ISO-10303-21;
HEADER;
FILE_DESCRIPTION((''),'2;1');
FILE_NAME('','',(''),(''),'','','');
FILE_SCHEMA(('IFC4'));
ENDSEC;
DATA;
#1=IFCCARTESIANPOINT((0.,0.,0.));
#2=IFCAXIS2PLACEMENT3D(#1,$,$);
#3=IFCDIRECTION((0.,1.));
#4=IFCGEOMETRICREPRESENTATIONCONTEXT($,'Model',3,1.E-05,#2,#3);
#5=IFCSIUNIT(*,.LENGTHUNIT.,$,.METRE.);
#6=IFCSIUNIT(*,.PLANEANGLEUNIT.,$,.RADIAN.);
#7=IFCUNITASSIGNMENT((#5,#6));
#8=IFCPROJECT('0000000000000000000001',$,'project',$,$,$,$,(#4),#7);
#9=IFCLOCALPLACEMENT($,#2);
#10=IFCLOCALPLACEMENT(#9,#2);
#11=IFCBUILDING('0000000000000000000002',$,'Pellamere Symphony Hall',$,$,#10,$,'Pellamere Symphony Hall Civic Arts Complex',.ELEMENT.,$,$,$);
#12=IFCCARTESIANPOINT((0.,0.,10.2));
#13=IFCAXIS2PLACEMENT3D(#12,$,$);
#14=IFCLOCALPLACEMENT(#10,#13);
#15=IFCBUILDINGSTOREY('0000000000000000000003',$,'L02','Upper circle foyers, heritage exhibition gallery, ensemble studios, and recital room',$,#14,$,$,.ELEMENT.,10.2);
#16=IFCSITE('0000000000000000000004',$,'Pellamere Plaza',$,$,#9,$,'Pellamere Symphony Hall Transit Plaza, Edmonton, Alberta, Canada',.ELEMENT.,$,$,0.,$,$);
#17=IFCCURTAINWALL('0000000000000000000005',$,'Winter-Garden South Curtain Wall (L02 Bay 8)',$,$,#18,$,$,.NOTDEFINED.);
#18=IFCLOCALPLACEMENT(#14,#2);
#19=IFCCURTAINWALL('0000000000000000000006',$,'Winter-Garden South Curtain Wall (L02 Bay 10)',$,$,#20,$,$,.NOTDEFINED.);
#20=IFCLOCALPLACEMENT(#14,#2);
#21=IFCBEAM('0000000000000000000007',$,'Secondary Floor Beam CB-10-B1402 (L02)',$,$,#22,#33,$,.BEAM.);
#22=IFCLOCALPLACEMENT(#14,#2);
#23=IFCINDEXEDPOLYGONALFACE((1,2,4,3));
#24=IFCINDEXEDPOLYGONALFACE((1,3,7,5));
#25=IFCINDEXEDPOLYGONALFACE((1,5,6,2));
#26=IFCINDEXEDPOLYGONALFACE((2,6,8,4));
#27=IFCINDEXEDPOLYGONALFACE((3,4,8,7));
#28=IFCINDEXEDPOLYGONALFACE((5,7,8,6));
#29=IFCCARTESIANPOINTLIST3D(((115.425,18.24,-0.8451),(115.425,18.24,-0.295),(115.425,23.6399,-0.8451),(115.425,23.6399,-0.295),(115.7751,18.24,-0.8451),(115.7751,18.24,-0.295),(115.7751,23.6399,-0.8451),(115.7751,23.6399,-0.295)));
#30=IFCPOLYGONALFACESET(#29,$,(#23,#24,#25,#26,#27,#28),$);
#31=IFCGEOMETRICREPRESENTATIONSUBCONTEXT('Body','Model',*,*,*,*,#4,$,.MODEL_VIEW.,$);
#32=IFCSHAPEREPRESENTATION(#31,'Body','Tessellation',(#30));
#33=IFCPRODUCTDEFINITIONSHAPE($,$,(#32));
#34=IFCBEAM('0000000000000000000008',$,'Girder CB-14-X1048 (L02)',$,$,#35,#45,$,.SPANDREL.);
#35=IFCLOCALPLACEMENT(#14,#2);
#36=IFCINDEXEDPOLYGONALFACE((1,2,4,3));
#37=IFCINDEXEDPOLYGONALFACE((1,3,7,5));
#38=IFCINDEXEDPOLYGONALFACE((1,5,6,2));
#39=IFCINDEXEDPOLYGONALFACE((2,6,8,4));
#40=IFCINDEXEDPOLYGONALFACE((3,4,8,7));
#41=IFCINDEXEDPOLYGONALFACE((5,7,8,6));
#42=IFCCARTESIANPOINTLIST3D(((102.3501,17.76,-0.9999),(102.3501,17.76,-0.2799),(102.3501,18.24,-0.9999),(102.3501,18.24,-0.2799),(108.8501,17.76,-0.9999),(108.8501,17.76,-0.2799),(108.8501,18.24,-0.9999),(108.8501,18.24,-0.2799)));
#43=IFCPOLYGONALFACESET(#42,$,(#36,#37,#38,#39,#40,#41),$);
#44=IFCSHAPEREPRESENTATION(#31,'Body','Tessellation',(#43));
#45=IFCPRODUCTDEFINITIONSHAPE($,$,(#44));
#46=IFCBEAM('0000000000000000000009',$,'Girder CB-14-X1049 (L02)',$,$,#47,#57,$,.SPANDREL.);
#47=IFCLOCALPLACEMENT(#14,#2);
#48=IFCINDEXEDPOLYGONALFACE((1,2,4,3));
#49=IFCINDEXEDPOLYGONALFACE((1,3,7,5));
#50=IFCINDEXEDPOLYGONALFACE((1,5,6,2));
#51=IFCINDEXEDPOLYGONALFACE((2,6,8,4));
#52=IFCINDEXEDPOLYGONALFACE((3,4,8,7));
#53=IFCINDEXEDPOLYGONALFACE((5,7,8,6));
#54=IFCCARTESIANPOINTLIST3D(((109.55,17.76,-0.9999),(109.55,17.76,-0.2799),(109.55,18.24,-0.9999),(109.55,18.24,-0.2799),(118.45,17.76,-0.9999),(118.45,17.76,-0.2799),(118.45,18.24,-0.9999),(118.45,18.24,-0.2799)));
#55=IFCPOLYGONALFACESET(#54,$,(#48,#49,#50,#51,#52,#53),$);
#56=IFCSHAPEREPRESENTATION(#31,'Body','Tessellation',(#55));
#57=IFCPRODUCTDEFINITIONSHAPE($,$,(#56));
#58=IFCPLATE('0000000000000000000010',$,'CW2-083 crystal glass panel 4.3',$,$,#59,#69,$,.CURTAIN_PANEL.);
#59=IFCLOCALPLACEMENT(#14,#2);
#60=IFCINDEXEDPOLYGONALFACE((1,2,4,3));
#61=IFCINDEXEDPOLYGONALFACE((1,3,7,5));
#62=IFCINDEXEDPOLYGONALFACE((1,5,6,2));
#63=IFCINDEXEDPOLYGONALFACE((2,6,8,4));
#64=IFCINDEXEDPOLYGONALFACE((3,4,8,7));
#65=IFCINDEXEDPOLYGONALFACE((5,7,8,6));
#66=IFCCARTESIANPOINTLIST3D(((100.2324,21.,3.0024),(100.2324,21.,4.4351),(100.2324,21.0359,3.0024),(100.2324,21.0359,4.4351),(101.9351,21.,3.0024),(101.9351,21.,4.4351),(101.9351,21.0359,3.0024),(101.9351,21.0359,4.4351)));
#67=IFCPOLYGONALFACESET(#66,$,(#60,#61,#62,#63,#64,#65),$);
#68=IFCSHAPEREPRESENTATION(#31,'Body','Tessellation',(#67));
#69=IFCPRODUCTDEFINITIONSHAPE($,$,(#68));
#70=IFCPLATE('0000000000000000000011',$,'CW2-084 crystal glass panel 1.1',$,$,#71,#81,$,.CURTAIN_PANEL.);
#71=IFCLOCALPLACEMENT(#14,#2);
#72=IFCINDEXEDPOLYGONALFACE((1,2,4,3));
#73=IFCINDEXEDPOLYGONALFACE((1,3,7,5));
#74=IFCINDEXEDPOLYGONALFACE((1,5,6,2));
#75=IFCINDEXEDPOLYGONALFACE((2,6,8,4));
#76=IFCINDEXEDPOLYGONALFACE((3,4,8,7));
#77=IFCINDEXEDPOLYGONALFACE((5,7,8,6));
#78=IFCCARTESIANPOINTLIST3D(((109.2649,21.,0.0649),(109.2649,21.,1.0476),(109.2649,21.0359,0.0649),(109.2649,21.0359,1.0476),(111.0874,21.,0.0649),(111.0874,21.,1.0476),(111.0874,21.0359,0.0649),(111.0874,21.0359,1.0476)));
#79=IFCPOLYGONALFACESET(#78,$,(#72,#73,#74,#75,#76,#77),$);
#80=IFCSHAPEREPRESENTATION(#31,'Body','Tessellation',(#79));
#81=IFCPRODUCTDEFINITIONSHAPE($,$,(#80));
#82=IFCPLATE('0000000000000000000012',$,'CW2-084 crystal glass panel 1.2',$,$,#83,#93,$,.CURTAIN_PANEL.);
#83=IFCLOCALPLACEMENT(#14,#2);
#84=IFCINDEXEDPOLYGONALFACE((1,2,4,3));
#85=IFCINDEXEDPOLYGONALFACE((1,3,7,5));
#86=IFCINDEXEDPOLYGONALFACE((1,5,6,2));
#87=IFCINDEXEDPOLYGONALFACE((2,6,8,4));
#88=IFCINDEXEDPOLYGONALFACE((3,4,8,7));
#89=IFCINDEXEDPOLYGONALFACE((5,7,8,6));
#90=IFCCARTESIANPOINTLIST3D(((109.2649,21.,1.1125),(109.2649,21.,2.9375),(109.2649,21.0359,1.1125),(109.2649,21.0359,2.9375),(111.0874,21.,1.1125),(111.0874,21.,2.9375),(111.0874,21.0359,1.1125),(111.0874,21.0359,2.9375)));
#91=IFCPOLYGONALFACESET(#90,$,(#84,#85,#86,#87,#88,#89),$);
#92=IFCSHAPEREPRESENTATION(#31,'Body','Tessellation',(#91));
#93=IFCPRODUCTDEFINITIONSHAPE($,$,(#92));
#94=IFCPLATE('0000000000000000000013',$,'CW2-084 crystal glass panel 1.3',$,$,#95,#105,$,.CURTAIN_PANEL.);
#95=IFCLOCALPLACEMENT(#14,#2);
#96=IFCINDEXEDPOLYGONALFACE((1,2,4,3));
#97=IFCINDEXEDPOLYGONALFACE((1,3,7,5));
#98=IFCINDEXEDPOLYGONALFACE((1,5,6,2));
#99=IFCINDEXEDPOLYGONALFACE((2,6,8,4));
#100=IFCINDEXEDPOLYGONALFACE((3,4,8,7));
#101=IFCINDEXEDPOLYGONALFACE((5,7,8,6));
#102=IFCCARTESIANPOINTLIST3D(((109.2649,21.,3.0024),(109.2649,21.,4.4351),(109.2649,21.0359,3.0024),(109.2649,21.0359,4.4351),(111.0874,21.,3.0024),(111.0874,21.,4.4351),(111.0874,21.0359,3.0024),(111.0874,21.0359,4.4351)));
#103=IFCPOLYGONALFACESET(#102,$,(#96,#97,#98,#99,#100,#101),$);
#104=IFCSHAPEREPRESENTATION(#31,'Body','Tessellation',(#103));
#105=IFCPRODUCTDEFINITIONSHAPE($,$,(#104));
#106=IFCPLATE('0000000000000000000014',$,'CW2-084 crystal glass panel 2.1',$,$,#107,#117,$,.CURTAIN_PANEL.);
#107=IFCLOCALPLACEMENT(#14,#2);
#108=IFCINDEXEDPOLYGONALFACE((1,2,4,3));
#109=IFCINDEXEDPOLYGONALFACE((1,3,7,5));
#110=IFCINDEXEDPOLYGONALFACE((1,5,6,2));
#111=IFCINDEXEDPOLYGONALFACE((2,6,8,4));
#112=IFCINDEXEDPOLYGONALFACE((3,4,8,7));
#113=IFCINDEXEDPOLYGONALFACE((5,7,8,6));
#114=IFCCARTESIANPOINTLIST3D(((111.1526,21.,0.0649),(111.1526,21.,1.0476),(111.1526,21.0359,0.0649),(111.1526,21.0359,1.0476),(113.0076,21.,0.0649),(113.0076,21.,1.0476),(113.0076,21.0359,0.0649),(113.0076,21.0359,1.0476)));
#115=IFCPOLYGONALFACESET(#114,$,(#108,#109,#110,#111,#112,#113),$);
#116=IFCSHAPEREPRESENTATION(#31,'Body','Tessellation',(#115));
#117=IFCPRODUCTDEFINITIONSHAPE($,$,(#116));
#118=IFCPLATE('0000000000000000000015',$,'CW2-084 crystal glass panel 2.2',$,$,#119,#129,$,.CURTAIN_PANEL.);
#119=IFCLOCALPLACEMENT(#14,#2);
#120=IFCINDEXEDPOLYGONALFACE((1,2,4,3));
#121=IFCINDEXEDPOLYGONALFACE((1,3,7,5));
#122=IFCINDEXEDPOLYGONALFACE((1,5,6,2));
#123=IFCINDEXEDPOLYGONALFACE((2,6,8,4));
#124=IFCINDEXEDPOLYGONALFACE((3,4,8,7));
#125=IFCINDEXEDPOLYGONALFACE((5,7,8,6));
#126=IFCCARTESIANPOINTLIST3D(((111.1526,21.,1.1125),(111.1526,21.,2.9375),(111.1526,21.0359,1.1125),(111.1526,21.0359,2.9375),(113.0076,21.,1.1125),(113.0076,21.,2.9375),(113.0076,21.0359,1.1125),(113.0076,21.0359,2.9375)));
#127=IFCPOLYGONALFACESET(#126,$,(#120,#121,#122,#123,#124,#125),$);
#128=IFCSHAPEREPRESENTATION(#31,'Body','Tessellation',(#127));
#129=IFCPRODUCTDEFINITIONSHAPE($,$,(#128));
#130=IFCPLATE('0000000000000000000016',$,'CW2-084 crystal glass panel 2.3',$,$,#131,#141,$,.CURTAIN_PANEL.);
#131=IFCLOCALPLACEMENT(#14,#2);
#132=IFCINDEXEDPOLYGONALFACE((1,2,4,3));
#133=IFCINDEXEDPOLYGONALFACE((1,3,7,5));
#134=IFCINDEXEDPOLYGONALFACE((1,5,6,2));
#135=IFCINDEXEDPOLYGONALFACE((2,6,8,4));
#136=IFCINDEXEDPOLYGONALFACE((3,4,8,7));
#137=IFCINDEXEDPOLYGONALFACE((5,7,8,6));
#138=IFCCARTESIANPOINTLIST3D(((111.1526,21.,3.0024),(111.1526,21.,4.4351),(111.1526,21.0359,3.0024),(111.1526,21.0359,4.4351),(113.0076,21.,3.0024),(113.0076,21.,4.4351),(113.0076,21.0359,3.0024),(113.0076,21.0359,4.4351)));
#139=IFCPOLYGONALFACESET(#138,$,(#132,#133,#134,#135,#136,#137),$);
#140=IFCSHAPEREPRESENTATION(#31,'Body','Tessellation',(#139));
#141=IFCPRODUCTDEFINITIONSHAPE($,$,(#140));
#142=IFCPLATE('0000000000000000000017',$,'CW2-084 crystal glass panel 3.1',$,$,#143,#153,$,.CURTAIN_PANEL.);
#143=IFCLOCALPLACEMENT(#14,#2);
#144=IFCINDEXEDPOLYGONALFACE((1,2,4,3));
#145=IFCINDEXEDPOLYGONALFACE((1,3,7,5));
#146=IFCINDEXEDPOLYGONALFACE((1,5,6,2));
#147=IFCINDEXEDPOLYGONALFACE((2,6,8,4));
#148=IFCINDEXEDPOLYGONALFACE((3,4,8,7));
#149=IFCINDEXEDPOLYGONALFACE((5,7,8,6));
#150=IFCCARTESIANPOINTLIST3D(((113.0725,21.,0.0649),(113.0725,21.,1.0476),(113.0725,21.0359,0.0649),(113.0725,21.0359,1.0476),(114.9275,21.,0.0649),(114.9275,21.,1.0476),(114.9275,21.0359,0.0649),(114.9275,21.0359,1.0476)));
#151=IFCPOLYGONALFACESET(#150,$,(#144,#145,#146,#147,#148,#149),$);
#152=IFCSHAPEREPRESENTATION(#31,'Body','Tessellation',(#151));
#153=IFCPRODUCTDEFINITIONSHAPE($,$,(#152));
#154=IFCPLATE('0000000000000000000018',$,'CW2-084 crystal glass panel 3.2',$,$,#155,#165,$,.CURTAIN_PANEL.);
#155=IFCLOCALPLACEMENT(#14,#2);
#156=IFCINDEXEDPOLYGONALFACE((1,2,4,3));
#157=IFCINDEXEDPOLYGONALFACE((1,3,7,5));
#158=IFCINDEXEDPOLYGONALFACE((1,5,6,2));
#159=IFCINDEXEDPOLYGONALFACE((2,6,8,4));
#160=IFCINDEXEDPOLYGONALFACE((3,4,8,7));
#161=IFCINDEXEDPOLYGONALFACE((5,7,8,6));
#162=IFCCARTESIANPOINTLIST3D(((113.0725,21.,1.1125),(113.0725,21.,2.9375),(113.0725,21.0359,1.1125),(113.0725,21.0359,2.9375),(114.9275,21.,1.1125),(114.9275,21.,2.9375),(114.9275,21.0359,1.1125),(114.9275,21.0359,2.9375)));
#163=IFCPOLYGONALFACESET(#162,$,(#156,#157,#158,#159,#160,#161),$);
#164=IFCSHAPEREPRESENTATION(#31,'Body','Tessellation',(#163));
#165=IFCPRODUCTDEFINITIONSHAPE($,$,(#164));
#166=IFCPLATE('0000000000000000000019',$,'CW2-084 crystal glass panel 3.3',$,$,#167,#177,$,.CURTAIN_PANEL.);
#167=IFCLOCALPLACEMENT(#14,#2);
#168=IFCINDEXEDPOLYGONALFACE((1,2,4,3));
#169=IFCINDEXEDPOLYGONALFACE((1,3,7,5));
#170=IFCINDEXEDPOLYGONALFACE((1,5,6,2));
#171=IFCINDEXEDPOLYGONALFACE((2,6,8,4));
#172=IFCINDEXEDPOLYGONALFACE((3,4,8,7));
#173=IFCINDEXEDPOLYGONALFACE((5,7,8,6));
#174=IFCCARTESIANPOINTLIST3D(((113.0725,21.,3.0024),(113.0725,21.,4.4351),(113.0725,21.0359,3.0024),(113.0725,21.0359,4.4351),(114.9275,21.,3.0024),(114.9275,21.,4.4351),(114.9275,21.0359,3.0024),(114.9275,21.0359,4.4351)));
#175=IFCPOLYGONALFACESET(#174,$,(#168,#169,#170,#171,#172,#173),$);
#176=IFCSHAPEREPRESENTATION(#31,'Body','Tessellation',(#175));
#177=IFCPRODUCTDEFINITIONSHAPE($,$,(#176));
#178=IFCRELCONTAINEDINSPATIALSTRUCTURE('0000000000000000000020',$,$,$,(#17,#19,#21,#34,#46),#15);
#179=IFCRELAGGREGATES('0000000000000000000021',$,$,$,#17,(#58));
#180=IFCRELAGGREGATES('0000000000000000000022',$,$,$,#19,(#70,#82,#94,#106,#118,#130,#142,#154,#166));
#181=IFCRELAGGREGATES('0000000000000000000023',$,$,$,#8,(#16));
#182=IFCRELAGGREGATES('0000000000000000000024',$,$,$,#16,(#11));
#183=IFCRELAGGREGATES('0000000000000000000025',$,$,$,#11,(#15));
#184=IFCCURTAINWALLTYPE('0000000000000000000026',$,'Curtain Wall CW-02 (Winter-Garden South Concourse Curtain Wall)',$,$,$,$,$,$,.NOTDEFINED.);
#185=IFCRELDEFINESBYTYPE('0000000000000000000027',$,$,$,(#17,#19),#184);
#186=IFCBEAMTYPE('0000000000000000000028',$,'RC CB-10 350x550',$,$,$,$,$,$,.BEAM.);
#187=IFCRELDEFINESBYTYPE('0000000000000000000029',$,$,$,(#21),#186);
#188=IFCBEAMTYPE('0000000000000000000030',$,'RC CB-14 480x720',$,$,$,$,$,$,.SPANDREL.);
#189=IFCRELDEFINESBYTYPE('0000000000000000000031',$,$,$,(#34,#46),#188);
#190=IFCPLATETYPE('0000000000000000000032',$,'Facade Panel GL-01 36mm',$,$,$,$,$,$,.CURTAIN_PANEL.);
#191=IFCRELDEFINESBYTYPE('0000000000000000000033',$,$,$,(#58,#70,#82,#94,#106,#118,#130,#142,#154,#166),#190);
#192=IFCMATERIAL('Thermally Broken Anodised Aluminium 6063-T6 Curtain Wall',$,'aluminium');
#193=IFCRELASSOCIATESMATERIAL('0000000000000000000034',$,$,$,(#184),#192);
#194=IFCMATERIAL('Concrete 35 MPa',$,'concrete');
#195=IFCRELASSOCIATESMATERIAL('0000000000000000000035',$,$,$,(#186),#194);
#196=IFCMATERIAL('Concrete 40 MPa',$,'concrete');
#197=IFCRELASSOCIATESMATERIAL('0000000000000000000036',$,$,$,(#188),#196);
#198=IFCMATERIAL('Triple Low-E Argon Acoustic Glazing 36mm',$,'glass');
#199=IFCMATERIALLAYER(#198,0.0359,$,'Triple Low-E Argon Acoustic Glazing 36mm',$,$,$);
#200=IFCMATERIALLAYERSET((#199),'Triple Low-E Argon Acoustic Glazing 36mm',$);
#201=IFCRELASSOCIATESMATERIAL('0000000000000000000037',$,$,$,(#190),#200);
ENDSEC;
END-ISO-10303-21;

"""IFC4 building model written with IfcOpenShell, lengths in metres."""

from ifc_helpers import new_model, si_unit, direction, frame, origin, origin_2d, place, context, subcontext, project, spatial, polyline, rectangle, outline, extrude, material, layer, layer_set, material_profile, profile_set, type_object, element, aggregate, save


model = new_model("IFC4")

# Units and contexts
model_context = context("Model", 3, precision=1e-05, world=origin(), true_north=direction((0.0, 1.0)))
body_context = subcontext(model_context, "Body", "Model", "MODEL_VIEW")
ifc_project = project(units=[si_unit("LENGTHUNIT", "METRE"), si_unit("PLANEANGLEUNIT", "RADIAN")], contexts=[model_context])

# Site, building, storey
site_placement = place(None, origin())
site = spatial("IfcSite", under=ifc_project, at=site_placement, Name="Pellamere Plaza", LongName="Pellamere Symphony Hall Transit Plaza, Edmonton, Alberta, Canada", CompositionType="ELEMENT", RefElevation=0.0)
building_placement = place(site_placement, origin())
building = spatial("IfcBuilding", under=site, at=building_placement, Name="Pellamere Symphony Hall", LongName="Pellamere Symphony Hall Civic Arts Complex", CompositionType="ELEMENT")
storey_placement = place(building_placement, frame((0.0, 0.0, 10.2)))
storey = spatial("IfcBuildingStorey", under=building, at=storey_placement, Name="L02", Description="Upper circle foyers, heritage exhibition gallery, ensemble studios, and recital room", CompositionType="ELEMENT", Elevation=10.2)

# Curtain wall
ifc_material_1 = material(Name="Thermally Broken Anodised Aluminium 6063-T6 Curtain Wall", Category="aluminium")
curtain_wall_type = type_object("IfcCurtainWallType", Name="Curtain Wall CW-02 (Winter-Garden South Concourse Curtain Wall)", PredefinedType="NOTDEFINED", material=ifc_material_1)
curtain_wall_1_placement = place(storey_placement, origin())
curtain_wall_1 = element("IfcCurtainWall", 1, at=curtain_wall_1_placement, inside=storey, type_object=curtain_wall_type, Name="Winter-Garden South Curtain Wall (L02 Bay 8)", PredefinedType="NOTDEFINED")

# Curtain wall
curtain_wall_2_placement = place(storey_placement, origin())
curtain_wall_2 = element("IfcCurtainWall", 2, at=curtain_wall_2_placement, inside=storey, type_object=curtain_wall_type, Name="Winter-Garden South Curtain Wall (L02 Bay 10)", PredefinedType="NOTDEFINED")

# Beams
ifc_material_2 = material(Name="Concrete 40 MPa", Category="concrete")
ifc_material_3 = material(Name="Concrete 35 MPa", Category="concrete")
ifc_material_profile_1 = material_profile(ifc_material_3, rectangle(XDim=0.3501, YDim=0.55, at=origin_2d()), Name="RC 350x550")
ifc_profile_set_1 = profile_set([ifc_material_profile_1], Name="Concrete 35 MPa")
beam_type_1 = type_object("IfcBeamType", Name="RC CB-10 350x550", PredefinedType="BEAM", material=ifc_profile_set_1)
for number, where, z_axis, x_axis, name in (
    (3, (115.6001, 18.24, -0.5701), (0.0, 1.0, 0.0), (-1.0, 0.0, 0.0), "Secondary Floor Beam CB-10-B1402 (L02)"),
):
    element("IfcBeam", number, at=place(storey_placement, frame(where, z_axis=z_axis, x_axis=x_axis)), inside=storey, type_object=beam_type_1, Name=name, PredefinedType="BEAM", context=body_context, shape_type="SweptSolid", body=[
        extrude(rectangle(XDim=0.3501, YDim=0.55, at=origin_2d()), origin(), (0.0, 0.0, 1.0), 5.3999),
    ])
ifc_material_profile_2 = material_profile(ifc_material_2, rectangle(XDim=0.48, YDim=0.72, at=origin_2d()), Name="RC 480x720")
ifc_profile_set_2 = profile_set([ifc_material_profile_2], Name="Concrete 40 MPa")
beam_type_2 = type_object("IfcBeamType", Name="RC CB-14 480x720", PredefinedType="SPANDREL", material=ifc_profile_set_2)
beam_1_placement = place(storey_placement, frame((102.3501, 18.0, -0.6399), z_axis=(1.0, 0.0, 0.0), x_axis=(0.0, 1.0, 0.0)))
element("IfcBeam", 4, at=beam_1_placement, inside=storey, type_object=beam_type_2, Name="Girder CB-14-X1048 (L02)", PredefinedType="SPANDREL", context=body_context, shape_type="SweptSolid", body=[
    extrude(rectangle(XDim=0.48, YDim=0.72, at=origin_2d()), origin(), (0.0, 0.0, 1.0), 6.5),
])
beam_2_placement = place(storey_placement, frame((109.55, 18.0, -0.6399), z_axis=(1.0, 0.0, 0.0), x_axis=(0.0, 1.0, 0.0)))
element("IfcBeam", 5, at=beam_2_placement, inside=storey, type_object=beam_type_2, Name="Girder CB-14-X1049 (L02)", PredefinedType="SPANDREL", context=body_context, shape_type="SweptSolid", body=[
    extrude(rectangle(XDim=0.48, YDim=0.72, at=origin_2d()), origin(), (0.0, 0.0, 1.0), 8.8999),
])

# Plates
ifc_material_4 = material(Name="Triple Low-E Argon Acoustic Glazing 36mm", Category="glass")
ifc_layer_1 = layer(ifc_material_4, 0.0359, Name="Triple Low-E Argon Acoustic Glazing 36mm")
ifc_layer_set_1 = layer_set([ifc_layer_1], Name="Triple Low-E Argon Acoustic Glazing 36mm")
plate_type = type_object("IfcPlateType", Name="Facade Panel GL-01 36mm", PredefinedType="CURTAIN_PANEL", material=ifc_layer_set_1)
plate_1_placement = place(storey_placement, frame((100.2324, 21.0, 3.0024), z_axis=(0.0, -1.0, 0.0), x_axis=(1.0, 0.0, 0.0)))
plate_1 = element("IfcPlate", 6, at=plate_1_placement, type_object=plate_type, Name="CW2-083 crystal glass panel 4.3", PredefinedType="CURTAIN_PANEL", context=body_context, shape_type="SweptSolid", body=[
    extrude(outline(polyline([(0.0, 0.0), (1.7026, 0.0), (1.7026, 1.4326), (0.0, 1.4326), (0.0, 0.0)])), origin(), (0.0, 0.0, -1.0), 0.0359),
])
aggregate(curtain_wall_1, [plate_1])
plate_2_placement = place(storey_placement, frame((109.2649, 21.0, 0.0649), z_axis=(0.0, -1.0, 0.0), x_axis=(1.0, 0.0, 0.0)))
plate_2 = element("IfcPlate", 7, at=plate_2_placement, type_object=plate_type, Name="CW2-084 crystal glass panel 1.1", PredefinedType="CURTAIN_PANEL", context=body_context, shape_type="SweptSolid", body=[
    extrude(outline(polyline([(0.0, 0.0), (1.8225, 0.0), (1.8225, 0.9827), (0.0, 0.9827), (0.0, 0.0)])), origin(), (0.0, 0.0, -1.0), 0.0359),
])
plate_3_placement = place(storey_placement, frame((109.2649, 21.0, 1.1125), z_axis=(0.0, -1.0, 0.0), x_axis=(1.0, 0.0, 0.0)))
plate_3 = element("IfcPlate", 8, at=plate_3_placement, type_object=plate_type, Name="CW2-084 crystal glass panel 1.2", PredefinedType="CURTAIN_PANEL", context=body_context, shape_type="SweptSolid", body=[
    extrude(outline(polyline([(0.0, 0.0), (1.8225, 0.0), (1.8225, 1.825), (0.0, 1.825), (0.0, 0.0)])), origin(), (0.0, 0.0, -1.0), 0.0359),
])
plate_4_placement = place(storey_placement, frame((109.2649, 21.0, 3.0024), z_axis=(0.0, -1.0, 0.0), x_axis=(1.0, 0.0, 0.0)))
plate_4 = element("IfcPlate", 9, at=plate_4_placement, type_object=plate_type, Name="CW2-084 crystal glass panel 1.3", PredefinedType="CURTAIN_PANEL", context=body_context, shape_type="SweptSolid", body=[
    extrude(outline(polyline([(0.0, 0.0), (1.8225, 0.0), (1.8225, 1.4326), (0.0, 1.4326), (0.0, 0.0)])), origin(), (0.0, 0.0, -1.0), 0.0359),
])
plate_5_placement = place(storey_placement, frame((111.1526, 21.0, 0.0649), z_axis=(0.0, -1.0, 0.0), x_axis=(1.0, 0.0, 0.0)))
plate_5 = element("IfcPlate", 10, at=plate_5_placement, type_object=plate_type, Name="CW2-084 crystal glass panel 2.1", PredefinedType="CURTAIN_PANEL", context=body_context, shape_type="SweptSolid", body=[
    extrude(outline(polyline([(0.0, 0.0), (1.855, 0.0), (1.855, 0.9827), (0.0, 0.9827), (0.0, 0.0)])), origin(), (0.0, 0.0, -1.0), 0.0359),
])
plate_6_placement = place(storey_placement, frame((111.1526, 21.0, 1.1125), z_axis=(0.0, -1.0, 0.0), x_axis=(1.0, 0.0, 0.0)))
plate_6 = element("IfcPlate", 11, at=plate_6_placement, type_object=plate_type, Name="CW2-084 crystal glass panel 2.2", PredefinedType="CURTAIN_PANEL", context=body_context, shape_type="SweptSolid", body=[
    extrude(outline(polyline([(0.0, 0.0), (1.855, 0.0), (1.855, 1.825), (0.0, 1.825), (0.0, 0.0)])), origin(), (0.0, 0.0, -1.0), 0.0359),
])
plate_7_placement = place(storey_placement, frame((111.1526, 21.0, 3.0024), z_axis=(0.0, -1.0, 0.0), x_axis=(1.0, 0.0, 0.0)))
plate_7 = element("IfcPlate", 12, at=plate_7_placement, type_object=plate_type, Name="CW2-084 crystal glass panel 2.3", PredefinedType="CURTAIN_PANEL", context=body_context, shape_type="SweptSolid", body=[
    extrude(outline(polyline([(0.0, 0.0), (1.855, 0.0), (1.855, 1.4326), (0.0, 1.4326), (0.0, 0.0)])), origin(), (0.0, 0.0, -1.0), 0.0359),
])
plate_8_placement = place(storey_placement, frame((113.0725, 21.0, 0.0649), z_axis=(0.0, -1.0, 0.0), x_axis=(1.0, 0.0, 0.0)))
plate_8 = element("IfcPlate", 13, at=plate_8_placement, type_object=plate_type, Name="CW2-084 crystal glass panel 3.1", PredefinedType="CURTAIN_PANEL", context=body_context, shape_type="SweptSolid", body=[
    extrude(outline(polyline([(0.0, 0.0), (1.855, 0.0), (1.855, 0.9827), (0.0, 0.9827), (0.0, 0.0)])), origin(), (0.0, 0.0, -1.0), 0.0359),
])
plate_9_placement = place(storey_placement, frame((113.0725, 21.0, 1.1125), z_axis=(0.0, -1.0, 0.0), x_axis=(1.0, 0.0, 0.0)))
plate_9 = element("IfcPlate", 14, at=plate_9_placement, type_object=plate_type, Name="CW2-084 crystal glass panel 3.2", PredefinedType="CURTAIN_PANEL", context=body_context, shape_type="SweptSolid", body=[
    extrude(outline(polyline([(0.0, 0.0), (1.855, 0.0), (1.855, 1.825), (0.0, 1.825), (0.0, 0.0)])), origin(), (0.0, 0.0, -1.0), 0.0359),
])
plate_10_placement = place(storey_placement, frame((113.0725, 21.0, 3.0024), z_axis=(0.0, -1.0, 0.0), x_axis=(1.0, 0.0, 0.0)))
plate_10 = element("IfcPlate", 15, at=plate_10_placement, type_object=plate_type, Name="CW2-084 crystal glass panel 3.3", PredefinedType="CURTAIN_PANEL", context=body_context, shape_type="SweptSolid", body=[
    extrude(outline(polyline([(0.0, 0.0), (1.855, 0.0), (1.855, 1.4326), (0.0, 1.4326), (0.0, 0.0)])), origin(), (0.0, 0.0, -1.0), 0.0359),
])
aggregate(curtain_wall_2, [plate_2, plate_3, plate_4, plate_5, plate_6, plate_7, plate_8, plate_9, plate_10])

save(model, "model.ifc")
